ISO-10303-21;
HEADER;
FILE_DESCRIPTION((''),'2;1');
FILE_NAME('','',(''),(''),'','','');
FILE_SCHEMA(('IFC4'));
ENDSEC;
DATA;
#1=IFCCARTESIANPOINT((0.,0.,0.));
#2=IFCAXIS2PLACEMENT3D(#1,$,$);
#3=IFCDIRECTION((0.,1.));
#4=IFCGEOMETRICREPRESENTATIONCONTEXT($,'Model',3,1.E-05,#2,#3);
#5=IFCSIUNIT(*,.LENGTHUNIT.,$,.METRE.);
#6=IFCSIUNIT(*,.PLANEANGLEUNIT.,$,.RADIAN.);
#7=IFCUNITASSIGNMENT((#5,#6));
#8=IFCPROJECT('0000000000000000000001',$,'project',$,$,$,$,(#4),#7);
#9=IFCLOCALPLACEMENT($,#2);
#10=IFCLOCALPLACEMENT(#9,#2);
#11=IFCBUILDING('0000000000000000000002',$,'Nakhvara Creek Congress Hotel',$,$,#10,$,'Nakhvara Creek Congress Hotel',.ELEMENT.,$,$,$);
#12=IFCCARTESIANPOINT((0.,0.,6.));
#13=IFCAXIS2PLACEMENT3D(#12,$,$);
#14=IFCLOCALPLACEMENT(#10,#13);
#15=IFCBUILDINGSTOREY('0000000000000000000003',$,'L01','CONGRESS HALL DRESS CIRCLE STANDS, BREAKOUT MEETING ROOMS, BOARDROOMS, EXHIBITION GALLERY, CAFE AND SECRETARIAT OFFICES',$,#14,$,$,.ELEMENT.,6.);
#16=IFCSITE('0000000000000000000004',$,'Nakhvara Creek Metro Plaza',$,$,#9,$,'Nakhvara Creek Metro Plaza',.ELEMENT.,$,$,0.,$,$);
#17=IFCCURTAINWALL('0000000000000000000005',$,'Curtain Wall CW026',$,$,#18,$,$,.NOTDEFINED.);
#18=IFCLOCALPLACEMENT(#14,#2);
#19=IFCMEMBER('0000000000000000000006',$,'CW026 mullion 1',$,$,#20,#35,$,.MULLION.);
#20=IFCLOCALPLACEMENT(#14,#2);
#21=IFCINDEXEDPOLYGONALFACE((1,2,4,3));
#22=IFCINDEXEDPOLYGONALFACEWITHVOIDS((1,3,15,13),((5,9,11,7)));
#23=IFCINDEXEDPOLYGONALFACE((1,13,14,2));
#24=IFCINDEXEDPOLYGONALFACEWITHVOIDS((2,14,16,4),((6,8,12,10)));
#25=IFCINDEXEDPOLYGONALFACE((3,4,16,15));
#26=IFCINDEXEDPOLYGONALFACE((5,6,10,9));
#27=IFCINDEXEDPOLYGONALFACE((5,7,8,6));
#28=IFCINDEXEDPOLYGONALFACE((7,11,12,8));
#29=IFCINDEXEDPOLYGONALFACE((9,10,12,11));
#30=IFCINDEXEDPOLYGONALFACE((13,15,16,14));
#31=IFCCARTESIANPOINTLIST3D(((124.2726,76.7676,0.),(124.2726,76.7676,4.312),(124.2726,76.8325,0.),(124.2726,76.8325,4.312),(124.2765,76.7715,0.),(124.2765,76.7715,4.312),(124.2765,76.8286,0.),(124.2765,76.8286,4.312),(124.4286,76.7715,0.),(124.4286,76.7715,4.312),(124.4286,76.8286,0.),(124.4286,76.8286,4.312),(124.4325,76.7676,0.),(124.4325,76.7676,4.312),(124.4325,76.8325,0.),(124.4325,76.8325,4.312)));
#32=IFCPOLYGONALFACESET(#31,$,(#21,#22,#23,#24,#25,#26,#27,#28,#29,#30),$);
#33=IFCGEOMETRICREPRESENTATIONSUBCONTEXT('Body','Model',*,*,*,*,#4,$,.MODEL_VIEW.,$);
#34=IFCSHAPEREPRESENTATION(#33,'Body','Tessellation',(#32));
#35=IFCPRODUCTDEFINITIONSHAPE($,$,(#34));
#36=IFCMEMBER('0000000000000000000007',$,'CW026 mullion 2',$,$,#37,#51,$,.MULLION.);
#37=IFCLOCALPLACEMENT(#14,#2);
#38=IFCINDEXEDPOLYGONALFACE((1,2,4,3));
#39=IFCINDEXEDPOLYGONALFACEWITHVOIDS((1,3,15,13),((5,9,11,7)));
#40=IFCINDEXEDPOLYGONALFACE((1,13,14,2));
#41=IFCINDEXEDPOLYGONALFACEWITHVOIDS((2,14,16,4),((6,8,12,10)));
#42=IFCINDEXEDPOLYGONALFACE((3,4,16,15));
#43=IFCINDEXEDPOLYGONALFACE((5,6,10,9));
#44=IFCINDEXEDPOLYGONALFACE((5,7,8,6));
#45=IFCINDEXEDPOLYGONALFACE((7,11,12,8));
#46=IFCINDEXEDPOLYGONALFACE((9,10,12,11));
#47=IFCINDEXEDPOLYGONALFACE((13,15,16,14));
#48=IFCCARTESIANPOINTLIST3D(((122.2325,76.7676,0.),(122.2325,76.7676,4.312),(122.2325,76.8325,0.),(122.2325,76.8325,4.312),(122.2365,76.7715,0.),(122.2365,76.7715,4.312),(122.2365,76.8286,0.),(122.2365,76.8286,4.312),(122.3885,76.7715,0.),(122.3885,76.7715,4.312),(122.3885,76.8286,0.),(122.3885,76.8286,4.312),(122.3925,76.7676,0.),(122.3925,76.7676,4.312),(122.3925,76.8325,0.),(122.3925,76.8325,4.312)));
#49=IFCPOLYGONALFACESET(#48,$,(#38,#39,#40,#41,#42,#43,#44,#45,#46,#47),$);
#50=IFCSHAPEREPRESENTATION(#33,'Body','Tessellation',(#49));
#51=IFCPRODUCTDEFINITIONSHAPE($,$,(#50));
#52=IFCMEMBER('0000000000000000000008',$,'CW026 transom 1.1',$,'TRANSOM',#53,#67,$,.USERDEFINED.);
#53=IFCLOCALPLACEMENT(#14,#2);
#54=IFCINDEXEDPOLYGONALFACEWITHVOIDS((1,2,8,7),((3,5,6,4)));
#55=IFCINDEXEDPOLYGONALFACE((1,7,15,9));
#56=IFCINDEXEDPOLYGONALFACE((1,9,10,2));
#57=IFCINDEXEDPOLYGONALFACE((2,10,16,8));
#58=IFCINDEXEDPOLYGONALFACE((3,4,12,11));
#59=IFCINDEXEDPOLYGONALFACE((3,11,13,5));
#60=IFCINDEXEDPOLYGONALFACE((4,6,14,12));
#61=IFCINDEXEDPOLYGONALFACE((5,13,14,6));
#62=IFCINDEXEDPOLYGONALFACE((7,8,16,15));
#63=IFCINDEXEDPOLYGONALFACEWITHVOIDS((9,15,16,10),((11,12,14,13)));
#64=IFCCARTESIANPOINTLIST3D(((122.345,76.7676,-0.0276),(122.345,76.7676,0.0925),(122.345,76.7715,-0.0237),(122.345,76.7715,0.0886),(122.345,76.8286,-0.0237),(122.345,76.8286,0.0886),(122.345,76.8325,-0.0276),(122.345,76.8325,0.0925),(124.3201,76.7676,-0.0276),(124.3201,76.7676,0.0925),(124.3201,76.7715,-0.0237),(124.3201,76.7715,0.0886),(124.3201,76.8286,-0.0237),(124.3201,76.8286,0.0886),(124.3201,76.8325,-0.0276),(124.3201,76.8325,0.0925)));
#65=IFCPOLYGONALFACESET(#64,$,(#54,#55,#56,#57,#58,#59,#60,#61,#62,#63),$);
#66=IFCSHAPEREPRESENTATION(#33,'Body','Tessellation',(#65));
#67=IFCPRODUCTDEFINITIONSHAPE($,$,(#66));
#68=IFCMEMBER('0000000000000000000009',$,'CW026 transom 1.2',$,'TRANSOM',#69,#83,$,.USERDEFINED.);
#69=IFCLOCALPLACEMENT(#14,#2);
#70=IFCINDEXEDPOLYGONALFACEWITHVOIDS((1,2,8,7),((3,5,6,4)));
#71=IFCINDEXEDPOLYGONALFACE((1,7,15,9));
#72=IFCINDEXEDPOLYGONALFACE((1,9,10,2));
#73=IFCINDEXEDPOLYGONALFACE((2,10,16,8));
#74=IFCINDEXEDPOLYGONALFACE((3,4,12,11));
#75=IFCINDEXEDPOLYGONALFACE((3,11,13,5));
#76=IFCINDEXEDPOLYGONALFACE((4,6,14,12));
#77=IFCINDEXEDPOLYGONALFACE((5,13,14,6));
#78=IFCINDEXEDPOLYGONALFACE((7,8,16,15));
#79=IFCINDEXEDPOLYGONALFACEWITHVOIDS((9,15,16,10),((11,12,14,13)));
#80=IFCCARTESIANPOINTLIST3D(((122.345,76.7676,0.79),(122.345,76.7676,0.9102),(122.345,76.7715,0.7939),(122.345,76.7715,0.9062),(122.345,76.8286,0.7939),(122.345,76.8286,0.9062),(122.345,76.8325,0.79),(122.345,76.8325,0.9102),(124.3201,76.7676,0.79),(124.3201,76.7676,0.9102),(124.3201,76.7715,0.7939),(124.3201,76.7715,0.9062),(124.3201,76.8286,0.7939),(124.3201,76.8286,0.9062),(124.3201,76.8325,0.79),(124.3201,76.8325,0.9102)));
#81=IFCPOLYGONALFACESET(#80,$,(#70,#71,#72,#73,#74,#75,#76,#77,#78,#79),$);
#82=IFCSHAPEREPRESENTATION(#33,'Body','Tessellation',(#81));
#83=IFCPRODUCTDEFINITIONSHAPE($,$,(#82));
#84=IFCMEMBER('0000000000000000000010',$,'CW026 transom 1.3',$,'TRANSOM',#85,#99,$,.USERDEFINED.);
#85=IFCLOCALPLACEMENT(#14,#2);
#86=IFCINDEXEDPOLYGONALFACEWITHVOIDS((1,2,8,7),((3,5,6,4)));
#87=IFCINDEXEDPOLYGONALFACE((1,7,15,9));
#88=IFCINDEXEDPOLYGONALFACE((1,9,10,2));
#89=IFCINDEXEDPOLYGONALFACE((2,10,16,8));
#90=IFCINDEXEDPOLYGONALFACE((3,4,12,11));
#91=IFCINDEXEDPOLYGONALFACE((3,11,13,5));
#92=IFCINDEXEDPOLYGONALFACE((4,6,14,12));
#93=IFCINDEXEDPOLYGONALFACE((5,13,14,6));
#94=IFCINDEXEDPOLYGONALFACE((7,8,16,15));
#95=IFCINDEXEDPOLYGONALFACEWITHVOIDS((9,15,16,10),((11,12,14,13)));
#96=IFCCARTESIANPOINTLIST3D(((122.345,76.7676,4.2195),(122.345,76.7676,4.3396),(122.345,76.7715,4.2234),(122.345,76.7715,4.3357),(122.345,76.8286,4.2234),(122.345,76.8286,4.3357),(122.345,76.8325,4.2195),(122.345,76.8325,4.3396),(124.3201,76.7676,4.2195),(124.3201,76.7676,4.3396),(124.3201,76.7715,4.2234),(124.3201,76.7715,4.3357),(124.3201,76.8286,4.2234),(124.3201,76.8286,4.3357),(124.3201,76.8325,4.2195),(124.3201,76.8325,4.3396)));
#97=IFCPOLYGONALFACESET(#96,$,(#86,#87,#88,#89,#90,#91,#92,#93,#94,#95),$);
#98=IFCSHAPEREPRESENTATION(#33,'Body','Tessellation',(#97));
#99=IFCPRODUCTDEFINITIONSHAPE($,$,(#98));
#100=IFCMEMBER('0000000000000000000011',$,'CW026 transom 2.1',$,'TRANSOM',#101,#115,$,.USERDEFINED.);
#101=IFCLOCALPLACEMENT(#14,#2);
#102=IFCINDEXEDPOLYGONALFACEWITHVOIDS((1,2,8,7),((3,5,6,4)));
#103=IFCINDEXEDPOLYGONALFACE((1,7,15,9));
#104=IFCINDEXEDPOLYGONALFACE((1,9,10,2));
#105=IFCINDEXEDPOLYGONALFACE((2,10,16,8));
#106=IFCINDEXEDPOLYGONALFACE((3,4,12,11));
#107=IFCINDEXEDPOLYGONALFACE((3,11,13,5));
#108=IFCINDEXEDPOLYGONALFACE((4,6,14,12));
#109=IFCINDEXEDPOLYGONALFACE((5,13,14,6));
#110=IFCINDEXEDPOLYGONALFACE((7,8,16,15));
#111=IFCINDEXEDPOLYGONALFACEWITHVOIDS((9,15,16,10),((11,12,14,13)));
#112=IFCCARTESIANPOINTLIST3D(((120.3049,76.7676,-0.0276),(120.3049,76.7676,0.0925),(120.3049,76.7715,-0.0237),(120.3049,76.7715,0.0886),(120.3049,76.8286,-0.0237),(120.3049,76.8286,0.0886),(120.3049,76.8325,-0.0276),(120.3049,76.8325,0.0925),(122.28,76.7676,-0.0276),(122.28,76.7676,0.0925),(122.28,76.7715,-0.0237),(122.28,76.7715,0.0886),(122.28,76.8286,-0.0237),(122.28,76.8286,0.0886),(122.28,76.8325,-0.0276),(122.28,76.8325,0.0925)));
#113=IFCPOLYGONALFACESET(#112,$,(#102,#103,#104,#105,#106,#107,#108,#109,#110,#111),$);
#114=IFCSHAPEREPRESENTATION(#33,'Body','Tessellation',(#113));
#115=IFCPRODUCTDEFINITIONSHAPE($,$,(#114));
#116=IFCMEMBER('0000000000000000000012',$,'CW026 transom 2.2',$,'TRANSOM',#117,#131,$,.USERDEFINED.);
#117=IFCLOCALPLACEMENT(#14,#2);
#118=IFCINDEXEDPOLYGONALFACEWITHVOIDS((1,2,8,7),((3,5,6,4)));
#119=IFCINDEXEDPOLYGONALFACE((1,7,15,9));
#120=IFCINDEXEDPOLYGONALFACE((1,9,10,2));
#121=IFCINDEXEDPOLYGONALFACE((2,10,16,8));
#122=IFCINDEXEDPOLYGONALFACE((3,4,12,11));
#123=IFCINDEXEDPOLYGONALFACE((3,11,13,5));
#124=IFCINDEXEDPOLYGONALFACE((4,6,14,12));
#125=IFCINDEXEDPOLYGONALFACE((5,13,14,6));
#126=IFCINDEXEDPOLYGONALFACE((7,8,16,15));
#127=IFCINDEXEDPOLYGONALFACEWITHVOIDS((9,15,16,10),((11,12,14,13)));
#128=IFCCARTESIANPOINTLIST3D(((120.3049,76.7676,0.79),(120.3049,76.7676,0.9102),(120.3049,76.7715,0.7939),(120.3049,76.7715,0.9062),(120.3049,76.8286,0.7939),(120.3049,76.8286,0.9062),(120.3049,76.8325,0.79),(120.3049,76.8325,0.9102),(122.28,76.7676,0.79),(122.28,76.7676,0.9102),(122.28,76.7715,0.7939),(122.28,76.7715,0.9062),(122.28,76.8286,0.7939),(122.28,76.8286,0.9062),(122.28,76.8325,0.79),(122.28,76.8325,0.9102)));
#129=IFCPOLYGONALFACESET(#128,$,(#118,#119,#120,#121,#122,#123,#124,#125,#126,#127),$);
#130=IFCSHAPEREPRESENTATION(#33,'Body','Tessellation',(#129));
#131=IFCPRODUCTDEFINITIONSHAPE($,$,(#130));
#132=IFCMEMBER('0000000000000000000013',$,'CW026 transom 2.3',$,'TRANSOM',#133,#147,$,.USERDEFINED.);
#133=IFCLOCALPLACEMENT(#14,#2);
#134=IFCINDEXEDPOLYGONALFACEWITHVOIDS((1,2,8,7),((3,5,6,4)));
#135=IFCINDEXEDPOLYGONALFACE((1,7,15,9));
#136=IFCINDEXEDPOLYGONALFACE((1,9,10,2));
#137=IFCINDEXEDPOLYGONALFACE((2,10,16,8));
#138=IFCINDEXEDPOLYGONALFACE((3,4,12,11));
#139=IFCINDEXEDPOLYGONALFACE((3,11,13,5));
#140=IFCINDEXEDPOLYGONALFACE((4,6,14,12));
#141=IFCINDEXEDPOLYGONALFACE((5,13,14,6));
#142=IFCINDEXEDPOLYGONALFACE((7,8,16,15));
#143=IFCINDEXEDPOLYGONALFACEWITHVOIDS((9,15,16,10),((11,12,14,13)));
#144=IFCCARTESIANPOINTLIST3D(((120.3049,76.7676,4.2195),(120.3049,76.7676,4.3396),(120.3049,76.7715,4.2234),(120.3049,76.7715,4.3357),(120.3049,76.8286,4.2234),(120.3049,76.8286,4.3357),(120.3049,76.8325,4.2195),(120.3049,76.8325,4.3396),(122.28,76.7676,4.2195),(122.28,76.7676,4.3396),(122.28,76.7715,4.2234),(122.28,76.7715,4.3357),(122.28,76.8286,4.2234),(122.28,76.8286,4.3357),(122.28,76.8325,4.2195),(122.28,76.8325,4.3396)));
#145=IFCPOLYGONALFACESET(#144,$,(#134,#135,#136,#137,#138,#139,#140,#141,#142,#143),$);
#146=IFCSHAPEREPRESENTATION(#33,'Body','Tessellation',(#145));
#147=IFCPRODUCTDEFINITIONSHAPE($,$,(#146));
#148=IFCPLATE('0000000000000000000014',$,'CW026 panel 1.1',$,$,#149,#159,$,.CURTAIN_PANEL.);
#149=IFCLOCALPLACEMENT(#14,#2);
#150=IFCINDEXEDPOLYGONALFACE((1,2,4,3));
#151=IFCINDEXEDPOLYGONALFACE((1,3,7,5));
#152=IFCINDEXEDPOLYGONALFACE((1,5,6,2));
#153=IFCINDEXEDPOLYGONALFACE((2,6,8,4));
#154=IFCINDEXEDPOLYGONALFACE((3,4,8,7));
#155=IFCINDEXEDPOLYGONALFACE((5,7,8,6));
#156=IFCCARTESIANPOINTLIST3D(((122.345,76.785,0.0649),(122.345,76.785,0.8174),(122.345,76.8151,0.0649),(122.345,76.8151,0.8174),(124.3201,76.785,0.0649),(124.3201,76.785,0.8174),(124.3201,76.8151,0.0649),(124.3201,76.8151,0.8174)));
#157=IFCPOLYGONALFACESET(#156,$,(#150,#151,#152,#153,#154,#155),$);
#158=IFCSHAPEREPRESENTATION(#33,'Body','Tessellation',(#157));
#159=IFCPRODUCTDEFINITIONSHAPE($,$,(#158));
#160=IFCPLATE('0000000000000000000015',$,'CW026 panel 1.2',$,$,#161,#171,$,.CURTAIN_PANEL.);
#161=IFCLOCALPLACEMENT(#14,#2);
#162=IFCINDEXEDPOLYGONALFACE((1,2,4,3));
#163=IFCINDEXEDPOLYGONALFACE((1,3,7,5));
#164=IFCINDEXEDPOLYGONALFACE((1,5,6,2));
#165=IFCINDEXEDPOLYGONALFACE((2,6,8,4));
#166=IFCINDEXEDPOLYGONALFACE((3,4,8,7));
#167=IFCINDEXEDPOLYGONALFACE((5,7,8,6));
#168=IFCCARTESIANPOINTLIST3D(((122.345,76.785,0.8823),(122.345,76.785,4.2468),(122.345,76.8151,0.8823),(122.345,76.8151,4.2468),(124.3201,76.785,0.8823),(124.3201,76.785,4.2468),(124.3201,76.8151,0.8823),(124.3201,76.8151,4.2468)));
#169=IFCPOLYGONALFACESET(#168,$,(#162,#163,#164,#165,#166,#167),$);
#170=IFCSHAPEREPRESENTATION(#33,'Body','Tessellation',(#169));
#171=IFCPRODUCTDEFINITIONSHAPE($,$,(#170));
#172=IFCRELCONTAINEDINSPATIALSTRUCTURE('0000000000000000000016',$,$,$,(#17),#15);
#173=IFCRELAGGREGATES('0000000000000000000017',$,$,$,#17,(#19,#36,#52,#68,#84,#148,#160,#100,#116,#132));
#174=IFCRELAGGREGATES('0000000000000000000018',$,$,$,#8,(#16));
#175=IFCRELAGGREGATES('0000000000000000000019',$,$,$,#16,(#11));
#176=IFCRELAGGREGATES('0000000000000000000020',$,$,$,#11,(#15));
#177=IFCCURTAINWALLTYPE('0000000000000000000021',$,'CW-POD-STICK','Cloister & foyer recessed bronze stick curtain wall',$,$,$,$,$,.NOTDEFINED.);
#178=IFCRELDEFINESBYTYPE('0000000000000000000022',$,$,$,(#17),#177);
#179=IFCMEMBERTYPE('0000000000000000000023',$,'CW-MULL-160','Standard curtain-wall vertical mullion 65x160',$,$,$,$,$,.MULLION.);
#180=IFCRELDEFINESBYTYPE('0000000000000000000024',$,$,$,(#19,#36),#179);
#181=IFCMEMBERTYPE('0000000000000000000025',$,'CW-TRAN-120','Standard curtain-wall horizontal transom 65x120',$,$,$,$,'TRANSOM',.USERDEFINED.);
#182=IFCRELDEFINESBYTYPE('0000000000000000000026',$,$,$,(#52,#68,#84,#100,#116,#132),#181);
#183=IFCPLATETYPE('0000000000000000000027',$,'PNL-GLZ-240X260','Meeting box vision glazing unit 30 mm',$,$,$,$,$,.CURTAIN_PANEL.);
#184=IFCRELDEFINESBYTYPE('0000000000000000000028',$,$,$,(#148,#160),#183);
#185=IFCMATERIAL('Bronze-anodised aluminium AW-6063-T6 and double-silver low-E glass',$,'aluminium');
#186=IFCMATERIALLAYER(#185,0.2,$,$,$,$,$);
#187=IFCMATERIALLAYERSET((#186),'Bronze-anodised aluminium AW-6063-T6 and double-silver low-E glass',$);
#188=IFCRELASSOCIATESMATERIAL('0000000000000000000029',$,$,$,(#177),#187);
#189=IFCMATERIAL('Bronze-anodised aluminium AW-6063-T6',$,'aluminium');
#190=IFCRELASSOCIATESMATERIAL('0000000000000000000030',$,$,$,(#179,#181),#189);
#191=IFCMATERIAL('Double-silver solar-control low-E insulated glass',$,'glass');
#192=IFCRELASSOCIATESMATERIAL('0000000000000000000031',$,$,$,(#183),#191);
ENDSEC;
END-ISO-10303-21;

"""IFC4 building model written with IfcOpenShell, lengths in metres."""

from ifc_helpers import new_model, si_unit, direction, frame, origin, origin_2d, place, context, subcontext, project, spatial, rectangle, hollow_rectangle, extrude, material, layer, layer_set, material_profile, profile_set, type_object, element, aggregate, save


model = new_model("IFC4")

# Units and contexts
model_context = context("Model", 3, precision=1e-05, world=origin(), true_north=direction((0.0, 1.0)))
body_context = subcontext(model_context, "Body", "Model", "MODEL_VIEW")
ifc_project = project(units=[si_unit("LENGTHUNIT", "METRE"), si_unit("PLANEANGLEUNIT", "RADIAN")], contexts=[model_context])

# Site, building, storey
site_placement = place(None, origin())
site = spatial("IfcSite", under=ifc_project, at=site_placement, Name="Nakhvara Creek Metro Plaza", LongName="Nakhvara Creek Metro Plaza", CompositionType="ELEMENT", RefElevation=0.0)
building_placement = place(site_placement, origin())
building = spatial("IfcBuilding", under=site, at=building_placement, Name="Nakhvara Creek Congress Hotel", LongName="Nakhvara Creek Congress Hotel", CompositionType="ELEMENT")
storey_placement = place(building_placement, frame((0.0, 0.0, 6.0)))
storey = spatial("IfcBuildingStorey", under=building, at=storey_placement, Name="L01", Description="CONGRESS HALL DRESS CIRCLE STANDS, BREAKOUT MEETING ROOMS, BOARDROOMS, EXHIBITION GALLERY, CAFE AND SECRETARIAT OFFICES", CompositionType="ELEMENT", Elevation=6.0)

# Curtain wall, members, plates
ifc_material_1 = material(Name="Bronze-anodised aluminium AW-6063-T6 and double-silver low-E glass", Category="aluminium")
ifc_layer_1 = layer(ifc_material_1, 0.2)
ifc_layer_set_1 = layer_set([ifc_layer_1], Name="Bronze-anodised aluminium AW-6063-T6 and double-silver low-E glass")
curtain_wall_type = type_object("IfcCurtainWallType", Name="CW-POD-STICK", Description="Cloister & foyer recessed bronze stick curtain wall", PredefinedType="NOTDEFINED", material=ifc_layer_set_1)
curtain_wall_placement = place(storey_placement, origin())
curtain_wall = element("IfcCurtainWall", 1, at=curtain_wall_placement, inside=storey, type_object=curtain_wall_type, Name="Curtain Wall CW026", PredefinedType="NOTDEFINED")
ifc_material_2 = material(Name="Bronze-anodised aluminium AW-6063-T6", Category="aluminium")
ifc_material_profile_1 = material_profile(ifc_material_2, hollow_rectangle(XDim=0.0649, YDim=0.1599, WallThickness=0.0039, at=origin_2d()), Name="ALU-MULL 65x160x4", Category="LoadBearing")
ifc_profile_set_1 = profile_set([ifc_material_profile_1], Name="Bronze-anodised aluminium AW-6063-T6")
member_type_1 = type_object("IfcMemberType", Name="CW-MULL-160", Description="Standard curtain-wall vertical mullion 65x160", PredefinedType="MULLION", material=ifc_profile_set_1)
member_1_placement = place(storey_placement, frame((124.3525, 76.8, 0.0), z_axis=(0.0, 0.0, 1.0), x_axis=(0.0, -1.0, 0.0)))
member_1 = element("IfcMember", 2, at=member_1_placement, type_object=member_type_1, Name="CW026 mullion 1", PredefinedType="MULLION", context=body_context, shape_type="SweptSolid", body=[
    extrude(hollow_rectangle(XDim=0.0649, YDim=0.1599, WallThickness=0.0039, at=origin_2d()), origin(), (0.0, 0.0, 1.0), 4.312),
])
member_2_placement = place(storey_placement, frame((122.3125, 76.8, 0.0), z_axis=(0.0, 0.0, 1.0), x_axis=(0.0, -1.0, 0.0)))
member_2 = element("IfcMember", 3, at=member_2_placement, type_object=member_type_1, Name="CW026 mullion 2", PredefinedType="MULLION", context=body_context, shape_type="SweptSolid", body=[
    extrude(hollow_rectangle(XDim=0.0649, YDim=0.1599, WallThickness=0.0039, at=origin_2d()), origin(), (0.0, 0.0, 1.0), 4.312),
])
ifc_material_profile_2 = material_profile(ifc_material_2, hollow_rectangle(XDim=0.0649, YDim=0.1201, WallThickness=0.0039, at=origin_2d()), Name="ALU-TRAN 65x120x4", Category="LoadBearing")
ifc_profile_set_2 = profile_set([ifc_material_profile_2], Name="Bronze-anodised aluminium AW-6063-T6")
member_type_2 = type_object("IfcMemberType", Name="CW-TRAN-120", Description="Standard curtain-wall horizontal transom 65x120", ElementType="TRANSOM", PredefinedType="USERDEFINED", material=ifc_profile_set_2)
member_3_placement = place(storey_placement, frame((124.3201, 76.8, 0.0325), z_axis=(-1.0, 0.0, 0.0), x_axis=(0.0, -1.0, 0.0)))
member_3 = element("IfcMember", 4, at=member_3_placement, type_object=member_type_2, Name="CW026 transom 1.1", ObjectType="TRANSOM", PredefinedType="USERDEFINED", context=body_context, shape_type="SweptSolid", body=[
    extrude(hollow_rectangle(XDim=0.0649, YDim=0.1201, WallThickness=0.0039, at=origin_2d()), origin(), (0.0, 0.0, 1.0), 1.9751),
])
member_4_placement = place(storey_placement, frame((124.3201, 76.8, 0.8501), z_axis=(-1.0, 0.0, 0.0), x_axis=(0.0, -1.0, 0.0)))
member_4 = element("IfcMember", 5, at=member_4_placement, type_object=member_type_2, Name="CW026 transom 1.2", ObjectType="TRANSOM", PredefinedType="USERDEFINED", context=body_context, shape_type="SweptSolid", body=[
    extrude(hollow_rectangle(XDim=0.0649, YDim=0.1201, WallThickness=0.0039, at=origin_2d()), origin(), (0.0, 0.0, 1.0), 1.9751),
])
member_5_placement = place(storey_placement, frame((124.3201, 76.8, 4.2795), z_axis=(-1.0, 0.0, 0.0), x_axis=(0.0, -1.0, 0.0)))
member_5 = element("IfcMember", 6, at=member_5_placement, type_object=member_type_2, Name="CW026 transom 1.3", ObjectType="TRANSOM", PredefinedType="USERDEFINED", context=body_context, shape_type="SweptSolid", body=[
    extrude(hollow_rectangle(XDim=0.0649, YDim=0.1201, WallThickness=0.0039, at=origin_2d()), origin(), (0.0, 0.0, 1.0), 1.9751),
])
member_6_placement = place(storey_placement, frame((122.28, 76.8, 0.0325), z_axis=(-1.0, 0.0, 0.0), x_axis=(0.0, -1.0, 0.0)))
member_6 = element("IfcMember", 7, at=member_6_placement, type_object=member_type_2, Name="CW026 transom 2.1", ObjectType="TRANSOM", PredefinedType="USERDEFINED", context=body_context, shape_type="SweptSolid", body=[
    extrude(hollow_rectangle(XDim=0.0649, YDim=0.1201, WallThickness=0.0039, at=origin_2d()), origin(), (0.0, 0.0, 1.0), 1.9751),
])
member_7_placement = place(storey_placement, frame((122.28, 76.8, 0.8501), z_axis=(-1.0, 0.0, 0.0), x_axis=(0.0, -1.0, 0.0)))
member_7 = element("IfcMember", 8, at=member_7_placement, type_object=member_type_2, Name="CW026 transom 2.2", ObjectType="TRANSOM", PredefinedType="USERDEFINED", context=body_context, shape_type="SweptSolid", body=[
    extrude(hollow_rectangle(XDim=0.0649, YDim=0.1201, WallThickness=0.0039, at=origin_2d()), origin(), (0.0, 0.0, 1.0), 1.9751),
])
member_8_placement = place(storey_placement, frame((122.28, 76.8, 4.2795), z_axis=(-1.0, 0.0, 0.0), x_axis=(0.0, -1.0, 0.0)))
member_8 = element("IfcMember", 9, at=member_8_placement, type_object=member_type_2, Name="CW026 transom 2.3", ObjectType="TRANSOM", PredefinedType="USERDEFINED", context=body_context, shape_type="SweptSolid", body=[
    extrude(hollow_rectangle(XDim=0.0649, YDim=0.1201, WallThickness=0.0039, at=origin_2d()), origin(), (0.0, 0.0, 1.0), 1.9751),
])
ifc_material_3 = material(Name="Double-silver solar-control low-E insulated glass", Category="glass")
plate_type = type_object("IfcPlateType", Name="PNL-GLZ-240X260", Description="Meeting box vision glazing unit 30 mm", PredefinedType="CURTAIN_PANEL", material=ifc_material_3)
plate_1_placement = place(storey_placement, frame((123.3325, 76.8, 0.0649), z_axis=(0.0, 0.0, 1.0), x_axis=(-1.0, 0.0, 0.0)))
plate_1 = element("IfcPlate", 10, at=plate_1_placement, type_object=plate_type, Name="CW026 panel 1.1", PredefinedType="CURTAIN_PANEL", context=body_context, shape_type="SweptSolid", body=[
    extrude(rectangle(XDim=1.9751, YDim=0.03, at=origin_2d()), origin(), (0.0, 0.0, 1.0), 0.7524),
])
plate_2_placement = place(storey_placement, frame((123.3325, 76.8, 0.8823), z_axis=(0.0, 0.0, 1.0), x_axis=(-1.0, 0.0, 0.0)))
plate_2 = element("IfcPlate", 11, at=plate_2_placement, type_object=plate_type, Name="CW026 panel 1.2", PredefinedType="CURTAIN_PANEL", context=body_context, shape_type="SweptSolid", body=[
    extrude(rectangle(XDim=1.9751, YDim=0.03, at=origin_2d()), origin(), (0.0, 0.0, 1.0), 3.3645),
])
aggregate(curtain_wall, [member_1, member_2, member_3, member_4, member_5, plate_1, plate_2, member_6, member_7, member_8])

save(model, "model.ifc")
